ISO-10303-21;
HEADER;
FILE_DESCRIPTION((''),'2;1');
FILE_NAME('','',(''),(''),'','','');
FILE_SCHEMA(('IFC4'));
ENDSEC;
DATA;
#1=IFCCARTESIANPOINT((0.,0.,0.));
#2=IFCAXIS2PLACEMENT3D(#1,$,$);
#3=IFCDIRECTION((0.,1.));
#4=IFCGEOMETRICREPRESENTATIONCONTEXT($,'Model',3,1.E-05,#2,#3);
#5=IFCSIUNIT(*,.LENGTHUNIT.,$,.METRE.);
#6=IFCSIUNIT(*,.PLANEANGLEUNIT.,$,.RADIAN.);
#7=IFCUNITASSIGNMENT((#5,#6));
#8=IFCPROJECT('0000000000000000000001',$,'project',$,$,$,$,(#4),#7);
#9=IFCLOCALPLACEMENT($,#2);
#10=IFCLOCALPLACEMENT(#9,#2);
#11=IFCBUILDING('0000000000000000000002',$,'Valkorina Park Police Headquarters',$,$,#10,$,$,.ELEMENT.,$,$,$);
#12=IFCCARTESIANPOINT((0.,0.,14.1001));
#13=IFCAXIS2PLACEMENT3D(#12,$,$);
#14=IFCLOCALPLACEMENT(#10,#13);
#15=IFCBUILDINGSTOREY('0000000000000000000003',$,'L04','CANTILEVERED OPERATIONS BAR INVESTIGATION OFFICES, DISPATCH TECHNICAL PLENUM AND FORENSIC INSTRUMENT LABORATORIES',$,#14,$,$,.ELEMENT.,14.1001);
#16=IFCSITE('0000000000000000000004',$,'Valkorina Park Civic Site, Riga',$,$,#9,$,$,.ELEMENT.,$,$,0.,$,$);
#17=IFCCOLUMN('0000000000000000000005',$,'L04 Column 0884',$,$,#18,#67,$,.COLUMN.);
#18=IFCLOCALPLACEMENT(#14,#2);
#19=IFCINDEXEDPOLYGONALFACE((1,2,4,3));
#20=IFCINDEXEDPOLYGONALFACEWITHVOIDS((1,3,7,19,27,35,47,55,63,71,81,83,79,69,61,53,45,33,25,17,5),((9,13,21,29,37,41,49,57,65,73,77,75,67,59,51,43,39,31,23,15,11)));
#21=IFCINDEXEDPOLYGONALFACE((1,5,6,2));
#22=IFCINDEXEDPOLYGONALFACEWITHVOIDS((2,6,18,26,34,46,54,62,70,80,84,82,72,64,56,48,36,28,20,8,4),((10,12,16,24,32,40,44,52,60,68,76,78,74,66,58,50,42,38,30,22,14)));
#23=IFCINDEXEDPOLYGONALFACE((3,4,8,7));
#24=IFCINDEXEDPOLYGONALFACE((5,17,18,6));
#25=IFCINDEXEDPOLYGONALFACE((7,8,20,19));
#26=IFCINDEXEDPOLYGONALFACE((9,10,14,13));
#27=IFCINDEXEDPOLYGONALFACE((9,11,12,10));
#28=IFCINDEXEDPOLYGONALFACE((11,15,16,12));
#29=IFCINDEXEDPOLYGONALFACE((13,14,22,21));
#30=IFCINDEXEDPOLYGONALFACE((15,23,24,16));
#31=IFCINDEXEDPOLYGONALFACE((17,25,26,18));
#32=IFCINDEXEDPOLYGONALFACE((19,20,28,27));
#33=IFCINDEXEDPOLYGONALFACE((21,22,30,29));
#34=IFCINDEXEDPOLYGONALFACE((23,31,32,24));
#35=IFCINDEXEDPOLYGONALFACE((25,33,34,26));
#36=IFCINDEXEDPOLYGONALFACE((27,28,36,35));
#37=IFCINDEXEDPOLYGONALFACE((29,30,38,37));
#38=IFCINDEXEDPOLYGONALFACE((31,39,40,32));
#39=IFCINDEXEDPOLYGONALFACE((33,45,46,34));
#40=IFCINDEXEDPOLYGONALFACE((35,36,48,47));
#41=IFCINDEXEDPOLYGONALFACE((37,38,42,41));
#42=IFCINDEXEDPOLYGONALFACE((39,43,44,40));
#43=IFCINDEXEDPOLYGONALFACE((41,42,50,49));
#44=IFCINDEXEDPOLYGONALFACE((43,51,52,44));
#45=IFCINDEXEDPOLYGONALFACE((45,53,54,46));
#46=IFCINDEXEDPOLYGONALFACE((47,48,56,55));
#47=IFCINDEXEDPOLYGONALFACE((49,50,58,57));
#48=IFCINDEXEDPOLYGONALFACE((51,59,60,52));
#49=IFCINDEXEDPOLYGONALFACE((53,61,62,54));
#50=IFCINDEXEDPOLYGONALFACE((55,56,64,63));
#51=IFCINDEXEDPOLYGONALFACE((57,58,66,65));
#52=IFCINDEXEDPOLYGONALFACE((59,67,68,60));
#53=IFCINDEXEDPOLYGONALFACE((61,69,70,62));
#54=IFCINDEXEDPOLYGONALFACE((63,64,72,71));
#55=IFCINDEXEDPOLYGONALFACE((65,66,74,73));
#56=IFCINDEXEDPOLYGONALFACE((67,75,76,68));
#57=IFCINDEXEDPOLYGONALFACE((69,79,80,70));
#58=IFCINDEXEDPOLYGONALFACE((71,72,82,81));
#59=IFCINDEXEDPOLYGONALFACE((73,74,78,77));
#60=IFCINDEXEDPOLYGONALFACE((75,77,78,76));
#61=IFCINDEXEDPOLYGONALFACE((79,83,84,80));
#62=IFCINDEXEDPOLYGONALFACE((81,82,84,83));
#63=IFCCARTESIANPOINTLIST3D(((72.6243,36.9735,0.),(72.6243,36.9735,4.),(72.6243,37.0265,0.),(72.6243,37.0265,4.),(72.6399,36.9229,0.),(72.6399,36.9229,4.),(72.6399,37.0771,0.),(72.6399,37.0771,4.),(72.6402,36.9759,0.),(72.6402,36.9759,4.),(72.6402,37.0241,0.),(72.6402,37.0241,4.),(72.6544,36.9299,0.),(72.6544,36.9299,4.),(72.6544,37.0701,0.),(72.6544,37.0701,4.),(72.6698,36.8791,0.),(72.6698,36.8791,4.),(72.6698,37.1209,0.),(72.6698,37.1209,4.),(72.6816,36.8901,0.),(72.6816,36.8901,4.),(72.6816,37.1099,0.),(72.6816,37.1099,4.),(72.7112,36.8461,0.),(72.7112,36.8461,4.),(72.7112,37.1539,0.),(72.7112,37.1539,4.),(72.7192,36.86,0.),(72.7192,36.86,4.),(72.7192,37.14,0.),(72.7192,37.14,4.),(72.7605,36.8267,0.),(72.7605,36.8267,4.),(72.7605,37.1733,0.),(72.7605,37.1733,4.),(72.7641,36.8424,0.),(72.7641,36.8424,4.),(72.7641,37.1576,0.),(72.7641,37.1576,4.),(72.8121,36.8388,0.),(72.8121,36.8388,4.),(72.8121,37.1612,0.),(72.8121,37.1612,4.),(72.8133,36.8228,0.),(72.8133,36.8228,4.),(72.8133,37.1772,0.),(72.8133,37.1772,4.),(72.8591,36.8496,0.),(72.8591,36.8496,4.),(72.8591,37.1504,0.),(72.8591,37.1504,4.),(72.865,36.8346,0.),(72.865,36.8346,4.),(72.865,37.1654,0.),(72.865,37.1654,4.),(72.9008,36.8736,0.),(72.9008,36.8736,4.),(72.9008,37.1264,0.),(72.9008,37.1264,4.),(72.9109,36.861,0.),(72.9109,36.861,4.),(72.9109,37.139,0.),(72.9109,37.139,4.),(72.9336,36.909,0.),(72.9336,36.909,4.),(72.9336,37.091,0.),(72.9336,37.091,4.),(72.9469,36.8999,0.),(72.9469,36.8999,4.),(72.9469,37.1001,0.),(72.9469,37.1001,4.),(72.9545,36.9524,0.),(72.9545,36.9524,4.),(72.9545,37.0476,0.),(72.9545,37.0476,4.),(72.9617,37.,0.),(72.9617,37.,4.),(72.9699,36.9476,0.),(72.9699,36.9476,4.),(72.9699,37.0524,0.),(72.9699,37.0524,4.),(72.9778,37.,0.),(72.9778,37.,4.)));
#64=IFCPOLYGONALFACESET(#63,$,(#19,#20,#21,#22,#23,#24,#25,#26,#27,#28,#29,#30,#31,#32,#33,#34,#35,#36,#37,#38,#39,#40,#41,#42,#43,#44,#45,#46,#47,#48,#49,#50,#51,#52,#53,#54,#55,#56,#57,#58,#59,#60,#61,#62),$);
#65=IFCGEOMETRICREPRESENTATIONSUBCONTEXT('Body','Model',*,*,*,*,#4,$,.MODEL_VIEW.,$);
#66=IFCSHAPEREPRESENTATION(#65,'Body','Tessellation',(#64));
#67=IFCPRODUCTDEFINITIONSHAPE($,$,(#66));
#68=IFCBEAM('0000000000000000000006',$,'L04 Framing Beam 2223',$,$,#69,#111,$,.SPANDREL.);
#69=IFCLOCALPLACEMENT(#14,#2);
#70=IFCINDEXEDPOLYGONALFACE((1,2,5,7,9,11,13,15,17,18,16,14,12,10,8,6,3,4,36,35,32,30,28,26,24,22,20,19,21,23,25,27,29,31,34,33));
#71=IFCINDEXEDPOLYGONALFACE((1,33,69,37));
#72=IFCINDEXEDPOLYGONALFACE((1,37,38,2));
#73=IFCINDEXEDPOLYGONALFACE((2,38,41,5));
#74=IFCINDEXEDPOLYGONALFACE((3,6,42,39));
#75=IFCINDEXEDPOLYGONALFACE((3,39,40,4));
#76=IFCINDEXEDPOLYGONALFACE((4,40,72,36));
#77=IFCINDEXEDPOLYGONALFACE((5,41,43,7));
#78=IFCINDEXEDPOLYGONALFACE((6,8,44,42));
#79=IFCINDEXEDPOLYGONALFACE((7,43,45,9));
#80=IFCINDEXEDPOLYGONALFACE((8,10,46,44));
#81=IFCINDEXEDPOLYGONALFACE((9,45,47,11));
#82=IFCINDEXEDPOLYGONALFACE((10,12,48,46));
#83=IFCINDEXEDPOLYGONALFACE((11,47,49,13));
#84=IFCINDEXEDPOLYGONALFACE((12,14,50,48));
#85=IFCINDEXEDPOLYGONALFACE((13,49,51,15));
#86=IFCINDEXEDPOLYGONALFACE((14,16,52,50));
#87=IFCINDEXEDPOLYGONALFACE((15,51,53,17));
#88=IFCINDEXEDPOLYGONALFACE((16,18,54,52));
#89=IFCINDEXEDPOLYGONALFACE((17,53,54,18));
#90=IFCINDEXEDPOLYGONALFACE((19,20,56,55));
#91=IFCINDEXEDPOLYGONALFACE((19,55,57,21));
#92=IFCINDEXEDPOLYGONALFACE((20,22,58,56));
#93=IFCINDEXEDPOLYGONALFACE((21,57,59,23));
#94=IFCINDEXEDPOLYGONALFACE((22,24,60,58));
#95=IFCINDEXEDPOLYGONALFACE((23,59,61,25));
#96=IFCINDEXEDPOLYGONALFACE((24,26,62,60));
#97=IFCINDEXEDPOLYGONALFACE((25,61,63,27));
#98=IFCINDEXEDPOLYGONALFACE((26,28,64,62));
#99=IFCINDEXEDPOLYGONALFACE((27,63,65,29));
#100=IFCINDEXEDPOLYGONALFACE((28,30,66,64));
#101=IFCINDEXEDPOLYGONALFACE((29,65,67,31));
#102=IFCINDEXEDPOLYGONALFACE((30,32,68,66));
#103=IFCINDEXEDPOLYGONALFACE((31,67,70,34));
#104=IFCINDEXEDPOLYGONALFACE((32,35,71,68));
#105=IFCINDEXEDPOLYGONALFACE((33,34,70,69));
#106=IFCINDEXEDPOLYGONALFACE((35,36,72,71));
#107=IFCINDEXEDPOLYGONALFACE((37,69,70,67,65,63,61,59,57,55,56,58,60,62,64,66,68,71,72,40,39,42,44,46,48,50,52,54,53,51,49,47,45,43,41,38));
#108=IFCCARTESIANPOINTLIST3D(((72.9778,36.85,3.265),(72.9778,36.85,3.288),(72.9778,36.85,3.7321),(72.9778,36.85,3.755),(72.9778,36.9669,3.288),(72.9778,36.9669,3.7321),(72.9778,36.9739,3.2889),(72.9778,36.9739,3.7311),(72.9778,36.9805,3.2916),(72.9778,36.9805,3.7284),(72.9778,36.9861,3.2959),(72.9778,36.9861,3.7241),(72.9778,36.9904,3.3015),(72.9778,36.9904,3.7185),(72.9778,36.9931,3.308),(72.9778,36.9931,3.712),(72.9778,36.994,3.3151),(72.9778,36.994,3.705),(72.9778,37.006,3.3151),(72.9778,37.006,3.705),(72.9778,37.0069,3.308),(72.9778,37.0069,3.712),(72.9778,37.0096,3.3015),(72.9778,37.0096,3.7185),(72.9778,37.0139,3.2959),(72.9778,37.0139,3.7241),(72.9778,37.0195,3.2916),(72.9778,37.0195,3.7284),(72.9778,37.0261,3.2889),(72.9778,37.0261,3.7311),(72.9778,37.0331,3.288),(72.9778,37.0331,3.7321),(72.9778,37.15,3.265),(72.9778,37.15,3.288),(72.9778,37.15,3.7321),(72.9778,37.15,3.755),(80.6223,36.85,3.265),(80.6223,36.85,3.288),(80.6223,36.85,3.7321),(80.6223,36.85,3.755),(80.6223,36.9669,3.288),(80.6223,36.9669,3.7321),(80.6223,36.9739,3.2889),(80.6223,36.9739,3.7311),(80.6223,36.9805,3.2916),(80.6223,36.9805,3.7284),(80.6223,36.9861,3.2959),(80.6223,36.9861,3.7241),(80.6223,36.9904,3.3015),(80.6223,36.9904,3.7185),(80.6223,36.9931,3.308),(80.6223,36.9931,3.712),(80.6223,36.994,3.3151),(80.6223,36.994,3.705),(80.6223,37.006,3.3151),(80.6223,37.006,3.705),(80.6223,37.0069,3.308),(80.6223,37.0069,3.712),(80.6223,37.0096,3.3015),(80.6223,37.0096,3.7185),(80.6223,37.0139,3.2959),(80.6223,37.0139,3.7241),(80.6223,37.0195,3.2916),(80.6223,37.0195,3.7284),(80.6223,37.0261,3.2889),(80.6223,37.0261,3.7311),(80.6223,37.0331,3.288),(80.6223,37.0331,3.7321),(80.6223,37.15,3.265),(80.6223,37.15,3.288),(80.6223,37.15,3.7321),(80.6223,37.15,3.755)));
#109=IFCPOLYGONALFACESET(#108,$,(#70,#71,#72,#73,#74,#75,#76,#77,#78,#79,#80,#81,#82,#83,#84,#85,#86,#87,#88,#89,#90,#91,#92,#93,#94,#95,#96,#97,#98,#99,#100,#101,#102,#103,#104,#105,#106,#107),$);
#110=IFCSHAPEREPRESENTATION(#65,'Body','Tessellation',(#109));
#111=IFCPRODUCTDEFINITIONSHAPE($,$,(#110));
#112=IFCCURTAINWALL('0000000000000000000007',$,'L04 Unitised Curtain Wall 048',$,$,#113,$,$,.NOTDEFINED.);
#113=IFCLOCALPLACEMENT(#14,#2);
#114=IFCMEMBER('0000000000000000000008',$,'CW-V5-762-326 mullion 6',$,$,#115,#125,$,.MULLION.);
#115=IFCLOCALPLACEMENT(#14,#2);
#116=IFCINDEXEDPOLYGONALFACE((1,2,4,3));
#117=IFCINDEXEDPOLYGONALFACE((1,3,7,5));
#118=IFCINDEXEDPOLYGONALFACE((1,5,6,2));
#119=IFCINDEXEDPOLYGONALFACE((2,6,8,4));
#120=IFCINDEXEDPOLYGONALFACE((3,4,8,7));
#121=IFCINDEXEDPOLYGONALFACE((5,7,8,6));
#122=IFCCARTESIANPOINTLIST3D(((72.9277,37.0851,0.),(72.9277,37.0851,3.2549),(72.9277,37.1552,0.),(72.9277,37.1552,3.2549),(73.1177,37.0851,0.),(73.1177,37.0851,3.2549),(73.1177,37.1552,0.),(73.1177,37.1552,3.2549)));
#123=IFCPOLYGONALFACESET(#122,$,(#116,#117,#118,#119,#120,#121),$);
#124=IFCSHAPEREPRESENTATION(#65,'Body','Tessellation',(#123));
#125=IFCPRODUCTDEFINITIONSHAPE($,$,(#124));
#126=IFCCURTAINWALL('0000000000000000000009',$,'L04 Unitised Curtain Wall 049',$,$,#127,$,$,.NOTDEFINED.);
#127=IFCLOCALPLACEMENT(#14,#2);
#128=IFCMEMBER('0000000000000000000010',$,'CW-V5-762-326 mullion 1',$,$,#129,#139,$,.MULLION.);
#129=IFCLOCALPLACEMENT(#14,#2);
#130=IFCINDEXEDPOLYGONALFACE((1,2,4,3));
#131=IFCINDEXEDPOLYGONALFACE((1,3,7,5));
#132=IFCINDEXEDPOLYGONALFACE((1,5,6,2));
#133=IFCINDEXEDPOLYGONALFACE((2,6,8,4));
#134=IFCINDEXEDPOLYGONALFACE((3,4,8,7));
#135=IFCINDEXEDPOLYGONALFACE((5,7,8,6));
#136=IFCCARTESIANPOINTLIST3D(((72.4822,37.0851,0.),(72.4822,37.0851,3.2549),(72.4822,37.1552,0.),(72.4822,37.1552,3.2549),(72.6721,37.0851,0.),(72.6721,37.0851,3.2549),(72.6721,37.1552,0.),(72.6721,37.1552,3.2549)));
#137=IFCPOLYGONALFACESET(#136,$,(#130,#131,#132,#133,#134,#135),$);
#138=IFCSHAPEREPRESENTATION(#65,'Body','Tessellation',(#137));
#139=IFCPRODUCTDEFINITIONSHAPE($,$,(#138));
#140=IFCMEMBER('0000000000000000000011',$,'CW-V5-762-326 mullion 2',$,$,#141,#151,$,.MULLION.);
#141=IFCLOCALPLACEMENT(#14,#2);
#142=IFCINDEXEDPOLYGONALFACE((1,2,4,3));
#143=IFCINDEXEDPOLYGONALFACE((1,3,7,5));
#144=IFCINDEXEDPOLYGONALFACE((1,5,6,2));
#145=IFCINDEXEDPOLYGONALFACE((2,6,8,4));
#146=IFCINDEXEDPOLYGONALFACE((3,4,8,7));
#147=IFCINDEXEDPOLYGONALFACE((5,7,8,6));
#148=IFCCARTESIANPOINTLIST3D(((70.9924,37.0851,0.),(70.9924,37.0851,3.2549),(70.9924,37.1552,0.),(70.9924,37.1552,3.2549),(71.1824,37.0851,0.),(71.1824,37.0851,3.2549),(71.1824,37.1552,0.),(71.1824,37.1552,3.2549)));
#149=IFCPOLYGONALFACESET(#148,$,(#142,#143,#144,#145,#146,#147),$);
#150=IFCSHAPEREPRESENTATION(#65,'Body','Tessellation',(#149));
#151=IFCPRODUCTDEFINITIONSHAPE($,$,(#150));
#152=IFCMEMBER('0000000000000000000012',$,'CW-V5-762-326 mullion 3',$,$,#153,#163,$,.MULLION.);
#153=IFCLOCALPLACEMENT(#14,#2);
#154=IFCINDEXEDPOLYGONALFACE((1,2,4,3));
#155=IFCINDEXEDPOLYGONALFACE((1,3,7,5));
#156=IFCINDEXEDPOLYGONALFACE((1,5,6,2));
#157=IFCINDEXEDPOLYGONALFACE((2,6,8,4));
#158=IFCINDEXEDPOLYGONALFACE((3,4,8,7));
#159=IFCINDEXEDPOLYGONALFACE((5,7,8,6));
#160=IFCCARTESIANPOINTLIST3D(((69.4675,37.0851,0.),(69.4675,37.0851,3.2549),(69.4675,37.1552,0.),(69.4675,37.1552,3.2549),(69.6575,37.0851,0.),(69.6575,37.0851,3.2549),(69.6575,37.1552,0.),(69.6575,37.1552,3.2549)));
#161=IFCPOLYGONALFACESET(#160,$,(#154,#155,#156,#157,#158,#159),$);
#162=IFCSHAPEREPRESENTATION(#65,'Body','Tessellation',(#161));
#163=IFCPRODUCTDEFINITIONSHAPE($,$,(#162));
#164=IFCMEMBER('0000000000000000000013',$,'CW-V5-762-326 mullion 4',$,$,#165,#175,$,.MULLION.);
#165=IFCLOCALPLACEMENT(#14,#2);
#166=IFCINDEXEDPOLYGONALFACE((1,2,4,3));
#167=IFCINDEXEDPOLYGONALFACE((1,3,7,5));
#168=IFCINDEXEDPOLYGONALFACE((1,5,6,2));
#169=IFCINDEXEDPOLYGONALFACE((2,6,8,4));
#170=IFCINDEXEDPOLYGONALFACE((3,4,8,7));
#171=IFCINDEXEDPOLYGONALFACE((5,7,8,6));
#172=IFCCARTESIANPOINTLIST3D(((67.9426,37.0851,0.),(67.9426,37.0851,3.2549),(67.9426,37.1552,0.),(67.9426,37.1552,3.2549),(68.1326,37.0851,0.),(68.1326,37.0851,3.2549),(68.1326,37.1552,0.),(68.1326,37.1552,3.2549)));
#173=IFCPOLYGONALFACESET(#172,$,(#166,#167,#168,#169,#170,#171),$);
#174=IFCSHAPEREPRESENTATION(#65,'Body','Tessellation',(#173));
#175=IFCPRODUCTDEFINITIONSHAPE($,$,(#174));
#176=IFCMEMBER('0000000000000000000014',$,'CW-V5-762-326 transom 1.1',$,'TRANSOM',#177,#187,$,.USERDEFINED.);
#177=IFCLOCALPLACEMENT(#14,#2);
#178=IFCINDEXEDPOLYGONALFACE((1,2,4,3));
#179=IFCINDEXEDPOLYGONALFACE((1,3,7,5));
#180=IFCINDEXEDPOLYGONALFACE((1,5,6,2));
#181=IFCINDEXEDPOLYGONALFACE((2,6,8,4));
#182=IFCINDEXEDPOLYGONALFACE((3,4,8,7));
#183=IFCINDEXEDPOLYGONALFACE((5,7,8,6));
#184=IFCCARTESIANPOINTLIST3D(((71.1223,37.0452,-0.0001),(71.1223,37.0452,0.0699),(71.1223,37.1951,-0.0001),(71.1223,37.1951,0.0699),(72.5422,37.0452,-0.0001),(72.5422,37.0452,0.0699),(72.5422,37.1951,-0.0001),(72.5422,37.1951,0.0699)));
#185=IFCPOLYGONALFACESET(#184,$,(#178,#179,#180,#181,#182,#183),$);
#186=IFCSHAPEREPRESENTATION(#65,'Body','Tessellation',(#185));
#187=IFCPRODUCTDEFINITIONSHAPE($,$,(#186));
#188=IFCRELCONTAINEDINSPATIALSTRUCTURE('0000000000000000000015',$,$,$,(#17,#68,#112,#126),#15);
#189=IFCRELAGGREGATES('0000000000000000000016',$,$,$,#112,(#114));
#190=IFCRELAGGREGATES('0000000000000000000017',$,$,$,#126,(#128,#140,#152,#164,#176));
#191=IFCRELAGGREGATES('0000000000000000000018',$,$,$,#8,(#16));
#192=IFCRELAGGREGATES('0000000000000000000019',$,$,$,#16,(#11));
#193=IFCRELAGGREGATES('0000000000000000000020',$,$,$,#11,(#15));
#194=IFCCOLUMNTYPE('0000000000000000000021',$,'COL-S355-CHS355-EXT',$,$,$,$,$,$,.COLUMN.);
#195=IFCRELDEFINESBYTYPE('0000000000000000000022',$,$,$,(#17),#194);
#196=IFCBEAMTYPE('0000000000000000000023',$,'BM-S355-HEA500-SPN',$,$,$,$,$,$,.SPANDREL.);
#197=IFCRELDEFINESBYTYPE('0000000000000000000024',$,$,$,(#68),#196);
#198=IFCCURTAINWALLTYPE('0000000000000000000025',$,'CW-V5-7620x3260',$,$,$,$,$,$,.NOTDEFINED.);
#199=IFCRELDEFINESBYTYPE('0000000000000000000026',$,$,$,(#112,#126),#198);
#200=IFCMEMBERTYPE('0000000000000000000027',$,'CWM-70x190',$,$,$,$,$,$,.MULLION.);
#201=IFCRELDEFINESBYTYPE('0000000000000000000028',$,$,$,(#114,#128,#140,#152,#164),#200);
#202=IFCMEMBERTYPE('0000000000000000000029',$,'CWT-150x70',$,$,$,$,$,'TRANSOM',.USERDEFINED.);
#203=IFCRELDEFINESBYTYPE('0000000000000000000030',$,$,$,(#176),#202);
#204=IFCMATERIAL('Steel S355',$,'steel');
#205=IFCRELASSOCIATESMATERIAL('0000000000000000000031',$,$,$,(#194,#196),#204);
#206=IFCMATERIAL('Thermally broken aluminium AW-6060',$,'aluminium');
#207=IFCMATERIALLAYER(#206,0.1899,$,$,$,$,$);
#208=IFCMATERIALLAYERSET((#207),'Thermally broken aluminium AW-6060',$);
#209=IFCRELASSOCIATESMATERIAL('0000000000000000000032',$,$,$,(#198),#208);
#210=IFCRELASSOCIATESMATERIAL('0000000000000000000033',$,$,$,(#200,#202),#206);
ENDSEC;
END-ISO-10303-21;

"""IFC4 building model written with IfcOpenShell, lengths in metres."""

from ifc_helpers import new_model, si_unit, direction, frame, origin, origin_2d, place, context, subcontext, project, spatial, rectangle, hollow_circle, i_section, extrude, material, layer, layer_set, material_profile, profile_set, type_object, element, aggregate, save


model = new_model("IFC4")

# Units and contexts
model_context = context("Model", 3, precision=1e-05, world=origin(), true_north=direction((0.0, 1.0)))
body_context = subcontext(model_context, "Body", "Model", "MODEL_VIEW")
ifc_project = project(units=[si_unit("LENGTHUNIT", "METRE"), si_unit("PLANEANGLEUNIT", "RADIAN")], contexts=[model_context])

# Site, building, storey
site_placement = place(None, origin())
site = spatial("IfcSite", under=ifc_project, at=site_placement, Name="Valkorina Park Civic Site, Riga", CompositionType="ELEMENT", RefElevation=0.0)
building_placement = place(site_placement, origin())
building = spatial("IfcBuilding", under=site, at=building_placement, Name="Valkorina Park Police Headquarters", CompositionType="ELEMENT")
storey_placement = place(building_placement, frame((0.0, 0.0, 14.1001)))
storey = spatial("IfcBuildingStorey", under=building, at=storey_placement, Name="L04", Description="CANTILEVERED OPERATIONS BAR INVESTIGATION OFFICES, DISPATCH TECHNICAL PLENUM AND FORENSIC INSTRUMENT LABORATORIES", CompositionType="ELEMENT", Elevation=14.1001)

# Column
ifc_material_1 = material(Name="Steel S355", Category="steel")
ifc_material_profile_1 = material_profile(ifc_material_1, hollow_circle(Radius=0.1777, WallThickness=0.0161, at=origin_2d()), Name="CHS 355.6x16")
ifc_profile_set_1 = profile_set([ifc_material_profile_1], Name="Steel S355")
column_type = type_object("IfcColumnType", Name="COL-S355-CHS355-EXT", PredefinedType="COLUMN", material=ifc_profile_set_1)
column_placement = place(storey_placement, frame((72.8, 37.0, 0.0), z_axis=(0.0, 0.0, 1.0), x_axis=(1.0, 0.0, 0.0)))
element("IfcColumn", 1, at=column_placement, inside=storey, type_object=column_type, Name="L04 Column 0884", PredefinedType="COLUMN", context=body_context, shape_type="SweptSolid", body=[
    extrude(hollow_circle(Radius=0.1777, WallThickness=0.0161, at=origin_2d()), origin(), (0.0, 0.0, 1.0), 4.0),
])

# Beam
ifc_material_profile_2 = material_profile(ifc_material_1, i_section(OverallWidth=0.3, OverallDepth=0.49, WebThickness=0.012, FlangeThickness=0.0229, FilletRadius=0.0271, at=origin_2d()), Name="HEA 500")
ifc_profile_set_2 = profile_set([ifc_material_profile_2], Name="Steel S355")
beam_type = type_object("IfcBeamType", Name="BM-S355-HEA500-SPN", PredefinedType="SPANDREL", material=ifc_profile_set_2)
beam_placement = place(storey_placement, frame((72.9778, 37.0, 3.51), z_axis=(1.0, 0.0, 0.0), x_axis=(0.0, 1.0, 0.0)))
element("IfcBeam", 2, at=beam_placement, inside=storey, type_object=beam_type, Name="L04 Framing Beam 2223", PredefinedType="SPANDREL", context=body_context, shape_type="SweptSolid", body=[
    extrude(i_section(OverallWidth=0.3, OverallDepth=0.49, WebThickness=0.012, FlangeThickness=0.0229, FilletRadius=0.0271, at=origin_2d()), origin(), (0.0, 0.0, 1.0), 7.6445),
])

# Curtain wall, member
ifc_material_2 = material(Name="Thermally broken aluminium AW-6060", Category="aluminium")
ifc_layer_1 = layer(ifc_material_2, 0.1899)
ifc_layer_set_1 = layer_set([ifc_layer_1], Name="Thermally broken aluminium AW-6060")
curtain_wall_type = type_object("IfcCurtainWallType", Name="CW-V5-7620x3260", PredefinedType="NOTDEFINED", material=ifc_layer_set_1)
curtain_wall_1_placement = place(storey_placement, origin())
curtain_wall_1 = element("IfcCurtainWall", 3, at=curtain_wall_1_placement, inside=storey, type_object=curtain_wall_type, Name="L04 Unitised Curtain Wall 048", PredefinedType="NOTDEFINED")
ifc_material_profile_3 = material_profile(ifc_material_2, rectangle(XDim=0.0701, YDim=0.1899, at=origin_2d()), Name="CWM-02 70x190")
ifc_profile_set_3 = profile_set([ifc_material_profile_3], Name="Thermally broken aluminium AW-6060")
member_type_1 = type_object("IfcMemberType", Name="CWM-70x190", PredefinedType="MULLION", material=ifc_profile_set_3)
member_1_placement = place(storey_placement, frame((73.0227, 37.1201, 0.0), z_axis=(0.0, 0.0, 1.0), x_axis=(0.0, -1.0, 0.0)))
member_1 = element("IfcMember", 4, at=member_1_placement, type_object=member_type_1, Name="CW-V5-762-326 mullion 6", PredefinedType="MULLION", context=body_context, shape_type="SweptSolid", body=[
    extrude(rectangle(XDim=0.0701, YDim=0.1899, at=origin_2d()), origin(), (0.0, 0.0, 1.0), 3.2549),
])
aggregate(curtain_wall_1, [member_1])

# Curtain wall, members
curtain_wall_2_placement = place(storey_placement, origin())
curtain_wall_2 = element("IfcCurtainWall", 5, at=curtain_wall_2_placement, inside=storey, type_object=curtain_wall_type, Name="L04 Unitised Curtain Wall 049", PredefinedType="NOTDEFINED")
member_2_placement = place(storey_placement, frame((72.5771, 37.1201, 0.0), z_axis=(0.0, 0.0, 1.0), x_axis=(0.0, -1.0, 0.0)))
member_2 = element("IfcMember", 6, at=member_2_placement, type_object=member_type_1, Name="CW-V5-762-326 mullion 1", PredefinedType="MULLION", context=body_context, shape_type="SweptSolid", body=[
    extrude(rectangle(XDim=0.0701, YDim=0.1899, at=origin_2d()), origin(), (0.0, 0.0, 1.0), 3.2549),
])
member_3_placement = place(storey_placement, frame((71.0874, 37.1201, 0.0), z_axis=(0.0, 0.0, 1.0), x_axis=(0.0, -1.0, 0.0)))
member_3 = element("IfcMember", 7, at=member_3_placement, type_object=member_type_1, Name="CW-V5-762-326 mullion 2", PredefinedType="MULLION", context=body_context, shape_type="SweptSolid", body=[
    extrude(rectangle(XDim=0.0701, YDim=0.1899, at=origin_2d()), origin(), (0.0, 0.0, 1.0), 3.2549),
])
member_4_placement = place(storey_placement, frame((69.5625, 37.1201, 0.0), z_axis=(0.0, 0.0, 1.0), x_axis=(0.0, -1.0, 0.0)))
member_4 = element("IfcMember", 8, at=member_4_placement, type_object=member_type_1, Name="CW-V5-762-326 mullion 3", PredefinedType="MULLION", context=body_context, shape_type="SweptSolid", body=[
    extrude(rectangle(XDim=0.0701, YDim=0.1899, at=origin_2d()), origin(), (0.0, 0.0, 1.0), 3.2549),
])
member_5_placement = place(storey_placement, frame((68.0376, 37.1201, 0.0), z_axis=(0.0, 0.0, 1.0), x_axis=(0.0, -1.0, 0.0)))
member_5 = element("IfcMember", 9, at=member_5_placement, type_object=member_type_1, Name="CW-V5-762-326 mullion 4", PredefinedType="MULLION", context=body_context, shape_type="SweptSolid", body=[
    extrude(rectangle(XDim=0.0701, YDim=0.1899, at=origin_2d()), origin(), (0.0, 0.0, 1.0), 3.2549),
])
ifc_material_profile_4 = material_profile(ifc_material_2, rectangle(XDim=0.1499, YDim=0.0701, at=origin_2d()), Name="CWT-02 150x70")
ifc_profile_set_4 = profile_set([ifc_material_profile_4], Name="Thermally broken aluminium AW-6060")
member_type_2 = type_object("IfcMemberType", Name="CWT-150x70", ElementType="TRANSOM", PredefinedType="USERDEFINED", material=ifc_profile_set_4)
member_6_placement = place(storey_placement, frame((72.5422, 37.1201, 0.0349), z_axis=(-1.0, 0.0, 0.0), x_axis=(0.0, -1.0, 0.0)))
member_6 = element("IfcMember", 10, at=member_6_placement, type_object=member_type_2, Name="CW-V5-762-326 transom 1.1", ObjectType="TRANSOM", PredefinedType="USERDEFINED", context=body_context, shape_type="SweptSolid", body=[
    extrude(rectangle(XDim=0.1499, YDim=0.0701, at=origin_2d()), origin(), (0.0, 0.0, 1.0), 1.4199),
])
aggregate(curtain_wall_2, [member_2, member_3, member_4, member_5, member_6])

save(model, "model.ifc")
